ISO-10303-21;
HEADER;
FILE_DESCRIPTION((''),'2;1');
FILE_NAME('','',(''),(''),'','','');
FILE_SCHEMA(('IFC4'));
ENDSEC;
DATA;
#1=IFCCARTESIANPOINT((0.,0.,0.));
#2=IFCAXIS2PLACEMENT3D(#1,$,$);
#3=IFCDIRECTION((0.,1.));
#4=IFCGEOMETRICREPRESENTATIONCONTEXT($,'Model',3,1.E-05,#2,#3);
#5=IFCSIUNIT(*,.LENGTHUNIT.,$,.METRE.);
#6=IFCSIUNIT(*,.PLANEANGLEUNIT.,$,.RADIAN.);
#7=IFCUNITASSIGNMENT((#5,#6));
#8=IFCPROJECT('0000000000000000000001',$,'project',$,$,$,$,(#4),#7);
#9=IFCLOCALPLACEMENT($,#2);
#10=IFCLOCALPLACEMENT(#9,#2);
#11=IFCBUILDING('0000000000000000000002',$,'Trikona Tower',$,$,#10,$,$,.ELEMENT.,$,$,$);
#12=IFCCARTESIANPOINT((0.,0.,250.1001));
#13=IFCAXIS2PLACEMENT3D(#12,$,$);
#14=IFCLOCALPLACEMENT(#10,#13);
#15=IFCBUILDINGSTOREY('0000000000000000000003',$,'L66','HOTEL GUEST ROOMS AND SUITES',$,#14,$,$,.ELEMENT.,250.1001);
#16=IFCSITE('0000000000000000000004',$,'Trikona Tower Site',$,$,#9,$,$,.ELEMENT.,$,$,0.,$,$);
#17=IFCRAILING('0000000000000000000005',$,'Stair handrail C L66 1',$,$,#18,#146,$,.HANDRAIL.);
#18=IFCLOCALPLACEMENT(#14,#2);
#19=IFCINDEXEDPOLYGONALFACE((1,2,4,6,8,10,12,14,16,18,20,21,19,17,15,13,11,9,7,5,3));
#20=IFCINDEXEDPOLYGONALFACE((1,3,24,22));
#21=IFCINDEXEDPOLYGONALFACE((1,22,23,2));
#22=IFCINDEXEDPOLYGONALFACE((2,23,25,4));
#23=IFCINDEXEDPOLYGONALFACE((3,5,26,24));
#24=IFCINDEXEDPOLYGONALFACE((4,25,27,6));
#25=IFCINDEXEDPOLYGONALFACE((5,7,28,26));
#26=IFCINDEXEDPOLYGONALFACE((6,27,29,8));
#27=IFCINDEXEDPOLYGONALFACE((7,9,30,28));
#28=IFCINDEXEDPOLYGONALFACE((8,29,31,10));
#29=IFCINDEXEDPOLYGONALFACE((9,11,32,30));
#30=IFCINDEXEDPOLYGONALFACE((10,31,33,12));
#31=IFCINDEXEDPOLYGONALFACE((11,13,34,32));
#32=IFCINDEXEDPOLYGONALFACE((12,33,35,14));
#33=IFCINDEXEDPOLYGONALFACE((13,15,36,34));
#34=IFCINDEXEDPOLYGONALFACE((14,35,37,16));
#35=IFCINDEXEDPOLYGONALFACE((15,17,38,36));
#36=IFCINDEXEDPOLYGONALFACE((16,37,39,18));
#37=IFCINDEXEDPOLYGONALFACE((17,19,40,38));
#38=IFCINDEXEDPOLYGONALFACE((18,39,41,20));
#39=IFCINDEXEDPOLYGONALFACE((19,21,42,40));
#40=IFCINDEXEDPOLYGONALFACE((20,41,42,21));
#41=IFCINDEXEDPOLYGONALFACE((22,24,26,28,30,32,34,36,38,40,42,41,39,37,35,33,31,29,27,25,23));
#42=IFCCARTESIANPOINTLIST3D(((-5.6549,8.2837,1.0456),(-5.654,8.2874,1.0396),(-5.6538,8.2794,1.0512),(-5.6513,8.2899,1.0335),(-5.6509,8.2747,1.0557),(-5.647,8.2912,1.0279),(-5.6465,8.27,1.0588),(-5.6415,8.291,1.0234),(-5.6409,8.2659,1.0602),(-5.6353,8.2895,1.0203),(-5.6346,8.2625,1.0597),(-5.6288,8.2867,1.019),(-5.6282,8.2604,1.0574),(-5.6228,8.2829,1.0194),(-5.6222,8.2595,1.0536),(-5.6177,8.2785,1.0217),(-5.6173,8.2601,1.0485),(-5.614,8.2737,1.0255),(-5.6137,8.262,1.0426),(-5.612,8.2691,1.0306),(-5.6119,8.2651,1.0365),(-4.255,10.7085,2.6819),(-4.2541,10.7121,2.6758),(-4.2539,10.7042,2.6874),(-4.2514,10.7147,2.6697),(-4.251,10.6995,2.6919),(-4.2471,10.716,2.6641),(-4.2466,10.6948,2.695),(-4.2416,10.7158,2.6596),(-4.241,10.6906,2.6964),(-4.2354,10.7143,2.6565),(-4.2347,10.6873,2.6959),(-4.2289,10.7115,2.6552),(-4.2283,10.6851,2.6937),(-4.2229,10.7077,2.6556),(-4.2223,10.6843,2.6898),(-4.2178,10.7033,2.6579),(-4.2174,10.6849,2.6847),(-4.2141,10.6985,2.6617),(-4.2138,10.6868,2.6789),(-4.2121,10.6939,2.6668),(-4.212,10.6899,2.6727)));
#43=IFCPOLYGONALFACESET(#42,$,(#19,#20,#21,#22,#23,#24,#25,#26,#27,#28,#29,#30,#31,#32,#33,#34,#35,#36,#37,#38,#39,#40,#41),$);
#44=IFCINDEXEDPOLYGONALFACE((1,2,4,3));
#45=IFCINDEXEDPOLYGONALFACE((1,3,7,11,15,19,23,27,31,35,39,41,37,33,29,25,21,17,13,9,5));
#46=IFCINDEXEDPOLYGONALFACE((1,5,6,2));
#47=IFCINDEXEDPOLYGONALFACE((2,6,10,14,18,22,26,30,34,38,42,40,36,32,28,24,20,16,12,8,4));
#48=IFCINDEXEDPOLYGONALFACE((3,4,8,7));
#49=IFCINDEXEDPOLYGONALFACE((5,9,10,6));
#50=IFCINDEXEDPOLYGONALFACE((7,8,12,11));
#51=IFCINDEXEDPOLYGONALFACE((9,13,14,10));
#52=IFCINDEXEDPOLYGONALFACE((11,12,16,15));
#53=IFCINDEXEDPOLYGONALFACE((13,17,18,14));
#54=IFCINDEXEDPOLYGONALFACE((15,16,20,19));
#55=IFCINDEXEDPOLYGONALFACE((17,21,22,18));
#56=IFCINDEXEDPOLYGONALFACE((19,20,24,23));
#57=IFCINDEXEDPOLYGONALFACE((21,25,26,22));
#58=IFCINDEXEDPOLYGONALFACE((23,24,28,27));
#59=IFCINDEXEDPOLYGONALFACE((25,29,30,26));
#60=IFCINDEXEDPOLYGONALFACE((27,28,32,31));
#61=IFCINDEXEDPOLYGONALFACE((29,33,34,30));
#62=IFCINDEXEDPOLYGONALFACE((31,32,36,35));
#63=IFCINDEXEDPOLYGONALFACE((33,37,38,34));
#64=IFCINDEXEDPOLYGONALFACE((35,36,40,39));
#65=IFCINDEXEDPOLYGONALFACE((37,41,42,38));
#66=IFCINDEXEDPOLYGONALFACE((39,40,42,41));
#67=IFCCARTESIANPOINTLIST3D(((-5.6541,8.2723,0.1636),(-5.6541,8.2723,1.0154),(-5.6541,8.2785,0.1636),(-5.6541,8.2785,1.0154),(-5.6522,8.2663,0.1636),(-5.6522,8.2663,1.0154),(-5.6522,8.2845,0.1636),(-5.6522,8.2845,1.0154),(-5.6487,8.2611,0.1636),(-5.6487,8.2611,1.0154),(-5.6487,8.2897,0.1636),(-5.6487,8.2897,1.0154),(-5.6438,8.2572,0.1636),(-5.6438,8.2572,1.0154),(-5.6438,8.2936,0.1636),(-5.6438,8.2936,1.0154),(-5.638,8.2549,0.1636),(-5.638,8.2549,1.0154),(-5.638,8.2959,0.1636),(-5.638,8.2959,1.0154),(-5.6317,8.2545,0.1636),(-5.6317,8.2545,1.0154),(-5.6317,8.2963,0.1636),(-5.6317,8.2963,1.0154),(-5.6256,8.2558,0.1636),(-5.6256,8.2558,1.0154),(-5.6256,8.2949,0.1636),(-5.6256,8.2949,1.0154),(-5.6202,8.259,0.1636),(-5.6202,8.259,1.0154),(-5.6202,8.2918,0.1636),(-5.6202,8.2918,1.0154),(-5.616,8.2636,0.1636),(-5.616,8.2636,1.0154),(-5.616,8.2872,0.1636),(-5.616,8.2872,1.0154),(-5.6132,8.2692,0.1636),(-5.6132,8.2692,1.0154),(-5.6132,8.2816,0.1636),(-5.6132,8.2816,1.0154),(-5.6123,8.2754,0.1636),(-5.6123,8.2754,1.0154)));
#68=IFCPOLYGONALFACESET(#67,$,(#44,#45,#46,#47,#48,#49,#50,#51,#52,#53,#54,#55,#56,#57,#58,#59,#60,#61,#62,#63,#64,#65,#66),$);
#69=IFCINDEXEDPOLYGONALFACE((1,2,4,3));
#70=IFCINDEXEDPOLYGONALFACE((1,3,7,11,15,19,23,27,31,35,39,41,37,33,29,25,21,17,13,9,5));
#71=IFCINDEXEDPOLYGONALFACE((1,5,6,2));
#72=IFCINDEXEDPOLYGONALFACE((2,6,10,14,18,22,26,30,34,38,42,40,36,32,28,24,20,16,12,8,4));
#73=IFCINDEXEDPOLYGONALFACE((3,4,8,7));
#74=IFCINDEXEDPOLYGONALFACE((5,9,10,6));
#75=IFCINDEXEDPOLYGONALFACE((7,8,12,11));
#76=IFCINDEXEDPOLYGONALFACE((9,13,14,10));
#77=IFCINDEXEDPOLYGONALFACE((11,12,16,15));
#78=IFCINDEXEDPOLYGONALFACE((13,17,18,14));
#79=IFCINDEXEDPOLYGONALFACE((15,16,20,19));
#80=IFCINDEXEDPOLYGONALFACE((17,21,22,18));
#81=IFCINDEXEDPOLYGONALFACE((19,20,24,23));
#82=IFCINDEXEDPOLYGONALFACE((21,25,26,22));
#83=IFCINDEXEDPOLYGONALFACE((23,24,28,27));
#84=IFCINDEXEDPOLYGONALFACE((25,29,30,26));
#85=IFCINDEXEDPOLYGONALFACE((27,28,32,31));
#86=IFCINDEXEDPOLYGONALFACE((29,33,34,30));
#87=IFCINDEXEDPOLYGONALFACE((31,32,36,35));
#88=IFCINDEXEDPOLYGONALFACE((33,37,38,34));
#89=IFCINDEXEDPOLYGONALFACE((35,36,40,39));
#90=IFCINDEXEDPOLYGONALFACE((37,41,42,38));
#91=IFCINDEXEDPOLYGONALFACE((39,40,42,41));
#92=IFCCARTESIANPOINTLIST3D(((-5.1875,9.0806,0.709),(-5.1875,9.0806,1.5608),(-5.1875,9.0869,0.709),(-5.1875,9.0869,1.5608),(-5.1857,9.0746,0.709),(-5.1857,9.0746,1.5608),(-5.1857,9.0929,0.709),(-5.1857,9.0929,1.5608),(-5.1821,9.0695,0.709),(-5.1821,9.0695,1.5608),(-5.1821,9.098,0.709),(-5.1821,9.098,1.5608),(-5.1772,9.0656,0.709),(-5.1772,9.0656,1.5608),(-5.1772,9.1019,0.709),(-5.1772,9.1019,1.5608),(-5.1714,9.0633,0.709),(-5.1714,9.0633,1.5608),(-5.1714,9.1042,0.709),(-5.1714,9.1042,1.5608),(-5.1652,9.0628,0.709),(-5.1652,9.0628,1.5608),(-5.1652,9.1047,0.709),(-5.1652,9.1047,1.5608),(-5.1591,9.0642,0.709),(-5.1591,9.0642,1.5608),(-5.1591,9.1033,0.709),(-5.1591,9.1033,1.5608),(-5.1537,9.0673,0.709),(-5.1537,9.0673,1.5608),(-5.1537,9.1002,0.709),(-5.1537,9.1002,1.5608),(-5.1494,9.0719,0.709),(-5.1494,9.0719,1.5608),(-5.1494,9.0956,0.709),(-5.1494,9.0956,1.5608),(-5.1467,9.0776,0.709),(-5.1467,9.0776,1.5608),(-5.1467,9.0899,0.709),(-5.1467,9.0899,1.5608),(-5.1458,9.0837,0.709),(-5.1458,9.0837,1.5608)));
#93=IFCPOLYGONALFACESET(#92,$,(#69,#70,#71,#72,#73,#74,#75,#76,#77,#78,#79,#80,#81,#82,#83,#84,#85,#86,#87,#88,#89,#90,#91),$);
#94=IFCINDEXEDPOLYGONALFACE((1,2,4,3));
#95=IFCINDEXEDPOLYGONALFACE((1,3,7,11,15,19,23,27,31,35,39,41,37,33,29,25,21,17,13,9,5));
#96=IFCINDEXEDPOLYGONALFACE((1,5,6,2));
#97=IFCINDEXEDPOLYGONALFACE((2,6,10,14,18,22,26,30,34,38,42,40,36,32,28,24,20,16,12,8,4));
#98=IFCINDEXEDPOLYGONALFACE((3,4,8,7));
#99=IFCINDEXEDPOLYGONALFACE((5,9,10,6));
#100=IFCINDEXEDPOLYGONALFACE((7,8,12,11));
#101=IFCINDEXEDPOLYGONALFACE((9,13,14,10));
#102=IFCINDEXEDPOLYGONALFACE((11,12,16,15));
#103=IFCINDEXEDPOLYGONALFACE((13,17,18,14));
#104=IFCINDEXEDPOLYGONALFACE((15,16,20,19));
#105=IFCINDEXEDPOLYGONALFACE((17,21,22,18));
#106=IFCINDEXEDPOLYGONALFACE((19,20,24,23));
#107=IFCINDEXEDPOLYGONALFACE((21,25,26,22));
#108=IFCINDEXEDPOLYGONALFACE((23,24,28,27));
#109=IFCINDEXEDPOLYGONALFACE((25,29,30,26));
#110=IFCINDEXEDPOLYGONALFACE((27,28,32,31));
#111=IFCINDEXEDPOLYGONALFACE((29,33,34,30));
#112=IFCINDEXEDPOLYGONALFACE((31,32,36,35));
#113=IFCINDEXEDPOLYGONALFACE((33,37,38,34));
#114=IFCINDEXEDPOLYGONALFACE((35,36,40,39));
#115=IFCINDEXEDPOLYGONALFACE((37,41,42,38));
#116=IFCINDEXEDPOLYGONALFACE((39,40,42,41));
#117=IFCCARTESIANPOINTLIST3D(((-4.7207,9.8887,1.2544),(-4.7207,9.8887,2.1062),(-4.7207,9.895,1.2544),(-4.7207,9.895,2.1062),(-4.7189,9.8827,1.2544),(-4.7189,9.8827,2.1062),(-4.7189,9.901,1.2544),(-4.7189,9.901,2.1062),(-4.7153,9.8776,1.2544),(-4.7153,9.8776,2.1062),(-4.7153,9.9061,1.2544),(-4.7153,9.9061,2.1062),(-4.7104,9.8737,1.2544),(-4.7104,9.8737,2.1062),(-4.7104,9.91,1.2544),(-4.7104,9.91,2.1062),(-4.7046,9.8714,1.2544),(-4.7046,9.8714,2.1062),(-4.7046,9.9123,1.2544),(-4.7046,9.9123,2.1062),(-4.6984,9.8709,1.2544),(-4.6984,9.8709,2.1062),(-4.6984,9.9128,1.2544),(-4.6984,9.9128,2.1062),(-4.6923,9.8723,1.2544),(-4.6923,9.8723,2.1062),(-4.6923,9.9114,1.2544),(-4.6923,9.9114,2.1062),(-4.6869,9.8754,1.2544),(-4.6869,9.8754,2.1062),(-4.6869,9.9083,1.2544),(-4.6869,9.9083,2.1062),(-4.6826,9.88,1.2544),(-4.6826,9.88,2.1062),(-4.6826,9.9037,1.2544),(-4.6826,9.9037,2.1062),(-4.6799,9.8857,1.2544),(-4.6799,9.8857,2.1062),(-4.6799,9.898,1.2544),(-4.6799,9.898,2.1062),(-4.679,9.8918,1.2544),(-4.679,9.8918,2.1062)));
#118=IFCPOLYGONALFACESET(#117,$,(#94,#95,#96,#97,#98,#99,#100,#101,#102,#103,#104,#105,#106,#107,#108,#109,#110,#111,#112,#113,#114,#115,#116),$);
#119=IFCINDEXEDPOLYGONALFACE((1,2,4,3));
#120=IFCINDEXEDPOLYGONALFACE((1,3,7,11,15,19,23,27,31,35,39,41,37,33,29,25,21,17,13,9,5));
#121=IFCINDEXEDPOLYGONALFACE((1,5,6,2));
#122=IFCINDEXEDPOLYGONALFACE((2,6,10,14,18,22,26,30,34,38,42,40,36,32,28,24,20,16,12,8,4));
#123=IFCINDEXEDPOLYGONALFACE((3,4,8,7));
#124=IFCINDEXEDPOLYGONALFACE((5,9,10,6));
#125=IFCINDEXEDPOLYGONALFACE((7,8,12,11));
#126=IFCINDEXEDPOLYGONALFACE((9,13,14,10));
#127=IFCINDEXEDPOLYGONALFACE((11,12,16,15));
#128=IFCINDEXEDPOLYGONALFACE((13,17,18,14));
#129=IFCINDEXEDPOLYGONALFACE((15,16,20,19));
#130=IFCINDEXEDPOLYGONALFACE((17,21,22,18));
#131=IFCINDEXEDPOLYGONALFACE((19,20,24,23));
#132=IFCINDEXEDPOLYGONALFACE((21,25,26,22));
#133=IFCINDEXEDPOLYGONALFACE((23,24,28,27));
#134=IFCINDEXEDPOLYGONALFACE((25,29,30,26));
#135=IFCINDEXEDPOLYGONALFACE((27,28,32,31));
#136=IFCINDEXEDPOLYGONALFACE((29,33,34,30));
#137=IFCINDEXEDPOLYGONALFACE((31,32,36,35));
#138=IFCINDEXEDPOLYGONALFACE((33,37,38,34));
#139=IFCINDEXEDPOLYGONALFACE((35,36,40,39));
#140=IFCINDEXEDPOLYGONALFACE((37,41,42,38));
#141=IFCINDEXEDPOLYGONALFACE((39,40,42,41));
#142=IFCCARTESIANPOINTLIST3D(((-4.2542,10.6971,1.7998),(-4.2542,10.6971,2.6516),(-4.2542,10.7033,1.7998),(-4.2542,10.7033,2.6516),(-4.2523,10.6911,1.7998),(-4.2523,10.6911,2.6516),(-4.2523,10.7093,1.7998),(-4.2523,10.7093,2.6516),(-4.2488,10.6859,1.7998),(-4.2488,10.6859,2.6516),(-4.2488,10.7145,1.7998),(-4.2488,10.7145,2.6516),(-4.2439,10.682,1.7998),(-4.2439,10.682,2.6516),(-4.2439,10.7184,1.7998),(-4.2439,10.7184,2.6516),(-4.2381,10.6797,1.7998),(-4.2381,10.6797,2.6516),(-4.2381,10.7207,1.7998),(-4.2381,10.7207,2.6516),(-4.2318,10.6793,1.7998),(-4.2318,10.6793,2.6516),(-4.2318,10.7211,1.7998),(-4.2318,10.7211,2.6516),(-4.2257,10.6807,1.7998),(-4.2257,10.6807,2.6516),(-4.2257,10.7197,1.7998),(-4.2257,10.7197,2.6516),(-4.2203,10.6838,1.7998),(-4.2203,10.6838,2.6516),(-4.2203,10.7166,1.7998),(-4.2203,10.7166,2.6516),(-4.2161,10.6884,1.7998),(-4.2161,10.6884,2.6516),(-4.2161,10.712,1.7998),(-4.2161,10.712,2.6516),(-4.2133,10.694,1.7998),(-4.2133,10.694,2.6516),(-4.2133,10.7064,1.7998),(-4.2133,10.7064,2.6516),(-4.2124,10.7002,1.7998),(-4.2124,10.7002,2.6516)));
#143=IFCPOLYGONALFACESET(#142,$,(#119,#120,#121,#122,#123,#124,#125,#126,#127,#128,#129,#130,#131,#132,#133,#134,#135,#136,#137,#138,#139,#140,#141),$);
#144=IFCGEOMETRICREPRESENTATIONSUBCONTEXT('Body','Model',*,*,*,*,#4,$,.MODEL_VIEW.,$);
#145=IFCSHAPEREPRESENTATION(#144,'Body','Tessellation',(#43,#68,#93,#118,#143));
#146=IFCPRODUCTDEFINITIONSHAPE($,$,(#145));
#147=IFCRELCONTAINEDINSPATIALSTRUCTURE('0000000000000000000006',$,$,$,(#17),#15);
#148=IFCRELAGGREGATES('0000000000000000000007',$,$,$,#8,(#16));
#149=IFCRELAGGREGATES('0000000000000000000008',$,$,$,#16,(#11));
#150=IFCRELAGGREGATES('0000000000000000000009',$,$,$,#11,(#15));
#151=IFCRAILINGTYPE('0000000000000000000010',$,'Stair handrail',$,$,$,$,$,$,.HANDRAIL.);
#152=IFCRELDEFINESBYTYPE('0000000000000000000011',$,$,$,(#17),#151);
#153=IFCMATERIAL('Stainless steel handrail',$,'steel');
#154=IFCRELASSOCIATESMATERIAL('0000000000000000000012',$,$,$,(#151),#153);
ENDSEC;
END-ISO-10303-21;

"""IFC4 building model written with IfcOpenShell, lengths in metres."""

from ifc_helpers import new_model, si_unit, direction, frame, origin, origin_2d, place, context, subcontext, project, spatial, circle, extrude, material, type_object, element, save


model = new_model("IFC4")

# Units and contexts
model_context = context("Model", 3, precision=1e-05, world=origin(), true_north=direction((0.0, 1.0)))
body_context = subcontext(model_context, "Body", "Model", "MODEL_VIEW")
ifc_project = project(units=[si_unit("LENGTHUNIT", "METRE"), si_unit("PLANEANGLEUNIT", "RADIAN")], contexts=[model_context])

# Site, building, storey
site_placement = place(None, origin())
site = spatial("IfcSite", under=ifc_project, at=site_placement, Name="Trikona Tower Site", CompositionType="ELEMENT", RefElevation=0.0)
building_placement = place(site_placement, origin())
building = spatial("IfcBuilding", under=site, at=building_placement, Name="Trikona Tower", CompositionType="ELEMENT")
storey_placement = place(building_placement, frame((0.0, 0.0, 250.1001)))
storey = spatial("IfcBuildingStorey", under=building, at=storey_placement, Name="L66", Description="HOTEL GUEST ROOMS AND SUITES", CompositionType="ELEMENT", Elevation=250.1001)

# Railing
ifc_material_1 = material(Name="Stainless steel handrail", Category="steel")
railing_type = type_object("IfcRailingType", Name="Stair handrail", PredefinedType="HANDRAIL", material=ifc_material_1)
railing_1_placement = place(storey_placement, frame((-5.6333, 8.2754, 0.1636)))
element("IfcRailing", 1, at=railing_1_placement, inside=storey, type_object=railing_type, Name="Stair handrail C L66 1", PredefinedType="HANDRAIL", context=body_context, shape_type="SweptSolid", body=[
    extrude(circle(Radius=0.0239, at=origin_2d()), frame((0.0, 0.0, 0.876), z_axis=(0.431677, 0.747718, 0.504552), x_axis=(-0.866035, 0.499984, 0.0)), (0.0, 0.0, 1.0), 3.2429),
    extrude(circle(Radius=0.021, at=origin_2d()), origin(), (0.0, 0.0, 1.0), 0.8518),
    extrude(circle(Radius=0.021, at=origin_2d()), frame((0.4666, 0.8083, 0.5454)), (0.0, 0.0, 1.0), 0.8518),
    extrude(circle(Radius=0.021, at=origin_2d()), frame((0.9333, 1.6165, 1.0908)), (0.0, 0.0, 1.0), 0.8518),
    extrude(circle(Radius=0.021, at=origin_2d()), frame((1.3999, 2.4248, 1.6362)), (0.0, 0.0, 1.0), 0.8518),
])

save(model, "model.ifc")
